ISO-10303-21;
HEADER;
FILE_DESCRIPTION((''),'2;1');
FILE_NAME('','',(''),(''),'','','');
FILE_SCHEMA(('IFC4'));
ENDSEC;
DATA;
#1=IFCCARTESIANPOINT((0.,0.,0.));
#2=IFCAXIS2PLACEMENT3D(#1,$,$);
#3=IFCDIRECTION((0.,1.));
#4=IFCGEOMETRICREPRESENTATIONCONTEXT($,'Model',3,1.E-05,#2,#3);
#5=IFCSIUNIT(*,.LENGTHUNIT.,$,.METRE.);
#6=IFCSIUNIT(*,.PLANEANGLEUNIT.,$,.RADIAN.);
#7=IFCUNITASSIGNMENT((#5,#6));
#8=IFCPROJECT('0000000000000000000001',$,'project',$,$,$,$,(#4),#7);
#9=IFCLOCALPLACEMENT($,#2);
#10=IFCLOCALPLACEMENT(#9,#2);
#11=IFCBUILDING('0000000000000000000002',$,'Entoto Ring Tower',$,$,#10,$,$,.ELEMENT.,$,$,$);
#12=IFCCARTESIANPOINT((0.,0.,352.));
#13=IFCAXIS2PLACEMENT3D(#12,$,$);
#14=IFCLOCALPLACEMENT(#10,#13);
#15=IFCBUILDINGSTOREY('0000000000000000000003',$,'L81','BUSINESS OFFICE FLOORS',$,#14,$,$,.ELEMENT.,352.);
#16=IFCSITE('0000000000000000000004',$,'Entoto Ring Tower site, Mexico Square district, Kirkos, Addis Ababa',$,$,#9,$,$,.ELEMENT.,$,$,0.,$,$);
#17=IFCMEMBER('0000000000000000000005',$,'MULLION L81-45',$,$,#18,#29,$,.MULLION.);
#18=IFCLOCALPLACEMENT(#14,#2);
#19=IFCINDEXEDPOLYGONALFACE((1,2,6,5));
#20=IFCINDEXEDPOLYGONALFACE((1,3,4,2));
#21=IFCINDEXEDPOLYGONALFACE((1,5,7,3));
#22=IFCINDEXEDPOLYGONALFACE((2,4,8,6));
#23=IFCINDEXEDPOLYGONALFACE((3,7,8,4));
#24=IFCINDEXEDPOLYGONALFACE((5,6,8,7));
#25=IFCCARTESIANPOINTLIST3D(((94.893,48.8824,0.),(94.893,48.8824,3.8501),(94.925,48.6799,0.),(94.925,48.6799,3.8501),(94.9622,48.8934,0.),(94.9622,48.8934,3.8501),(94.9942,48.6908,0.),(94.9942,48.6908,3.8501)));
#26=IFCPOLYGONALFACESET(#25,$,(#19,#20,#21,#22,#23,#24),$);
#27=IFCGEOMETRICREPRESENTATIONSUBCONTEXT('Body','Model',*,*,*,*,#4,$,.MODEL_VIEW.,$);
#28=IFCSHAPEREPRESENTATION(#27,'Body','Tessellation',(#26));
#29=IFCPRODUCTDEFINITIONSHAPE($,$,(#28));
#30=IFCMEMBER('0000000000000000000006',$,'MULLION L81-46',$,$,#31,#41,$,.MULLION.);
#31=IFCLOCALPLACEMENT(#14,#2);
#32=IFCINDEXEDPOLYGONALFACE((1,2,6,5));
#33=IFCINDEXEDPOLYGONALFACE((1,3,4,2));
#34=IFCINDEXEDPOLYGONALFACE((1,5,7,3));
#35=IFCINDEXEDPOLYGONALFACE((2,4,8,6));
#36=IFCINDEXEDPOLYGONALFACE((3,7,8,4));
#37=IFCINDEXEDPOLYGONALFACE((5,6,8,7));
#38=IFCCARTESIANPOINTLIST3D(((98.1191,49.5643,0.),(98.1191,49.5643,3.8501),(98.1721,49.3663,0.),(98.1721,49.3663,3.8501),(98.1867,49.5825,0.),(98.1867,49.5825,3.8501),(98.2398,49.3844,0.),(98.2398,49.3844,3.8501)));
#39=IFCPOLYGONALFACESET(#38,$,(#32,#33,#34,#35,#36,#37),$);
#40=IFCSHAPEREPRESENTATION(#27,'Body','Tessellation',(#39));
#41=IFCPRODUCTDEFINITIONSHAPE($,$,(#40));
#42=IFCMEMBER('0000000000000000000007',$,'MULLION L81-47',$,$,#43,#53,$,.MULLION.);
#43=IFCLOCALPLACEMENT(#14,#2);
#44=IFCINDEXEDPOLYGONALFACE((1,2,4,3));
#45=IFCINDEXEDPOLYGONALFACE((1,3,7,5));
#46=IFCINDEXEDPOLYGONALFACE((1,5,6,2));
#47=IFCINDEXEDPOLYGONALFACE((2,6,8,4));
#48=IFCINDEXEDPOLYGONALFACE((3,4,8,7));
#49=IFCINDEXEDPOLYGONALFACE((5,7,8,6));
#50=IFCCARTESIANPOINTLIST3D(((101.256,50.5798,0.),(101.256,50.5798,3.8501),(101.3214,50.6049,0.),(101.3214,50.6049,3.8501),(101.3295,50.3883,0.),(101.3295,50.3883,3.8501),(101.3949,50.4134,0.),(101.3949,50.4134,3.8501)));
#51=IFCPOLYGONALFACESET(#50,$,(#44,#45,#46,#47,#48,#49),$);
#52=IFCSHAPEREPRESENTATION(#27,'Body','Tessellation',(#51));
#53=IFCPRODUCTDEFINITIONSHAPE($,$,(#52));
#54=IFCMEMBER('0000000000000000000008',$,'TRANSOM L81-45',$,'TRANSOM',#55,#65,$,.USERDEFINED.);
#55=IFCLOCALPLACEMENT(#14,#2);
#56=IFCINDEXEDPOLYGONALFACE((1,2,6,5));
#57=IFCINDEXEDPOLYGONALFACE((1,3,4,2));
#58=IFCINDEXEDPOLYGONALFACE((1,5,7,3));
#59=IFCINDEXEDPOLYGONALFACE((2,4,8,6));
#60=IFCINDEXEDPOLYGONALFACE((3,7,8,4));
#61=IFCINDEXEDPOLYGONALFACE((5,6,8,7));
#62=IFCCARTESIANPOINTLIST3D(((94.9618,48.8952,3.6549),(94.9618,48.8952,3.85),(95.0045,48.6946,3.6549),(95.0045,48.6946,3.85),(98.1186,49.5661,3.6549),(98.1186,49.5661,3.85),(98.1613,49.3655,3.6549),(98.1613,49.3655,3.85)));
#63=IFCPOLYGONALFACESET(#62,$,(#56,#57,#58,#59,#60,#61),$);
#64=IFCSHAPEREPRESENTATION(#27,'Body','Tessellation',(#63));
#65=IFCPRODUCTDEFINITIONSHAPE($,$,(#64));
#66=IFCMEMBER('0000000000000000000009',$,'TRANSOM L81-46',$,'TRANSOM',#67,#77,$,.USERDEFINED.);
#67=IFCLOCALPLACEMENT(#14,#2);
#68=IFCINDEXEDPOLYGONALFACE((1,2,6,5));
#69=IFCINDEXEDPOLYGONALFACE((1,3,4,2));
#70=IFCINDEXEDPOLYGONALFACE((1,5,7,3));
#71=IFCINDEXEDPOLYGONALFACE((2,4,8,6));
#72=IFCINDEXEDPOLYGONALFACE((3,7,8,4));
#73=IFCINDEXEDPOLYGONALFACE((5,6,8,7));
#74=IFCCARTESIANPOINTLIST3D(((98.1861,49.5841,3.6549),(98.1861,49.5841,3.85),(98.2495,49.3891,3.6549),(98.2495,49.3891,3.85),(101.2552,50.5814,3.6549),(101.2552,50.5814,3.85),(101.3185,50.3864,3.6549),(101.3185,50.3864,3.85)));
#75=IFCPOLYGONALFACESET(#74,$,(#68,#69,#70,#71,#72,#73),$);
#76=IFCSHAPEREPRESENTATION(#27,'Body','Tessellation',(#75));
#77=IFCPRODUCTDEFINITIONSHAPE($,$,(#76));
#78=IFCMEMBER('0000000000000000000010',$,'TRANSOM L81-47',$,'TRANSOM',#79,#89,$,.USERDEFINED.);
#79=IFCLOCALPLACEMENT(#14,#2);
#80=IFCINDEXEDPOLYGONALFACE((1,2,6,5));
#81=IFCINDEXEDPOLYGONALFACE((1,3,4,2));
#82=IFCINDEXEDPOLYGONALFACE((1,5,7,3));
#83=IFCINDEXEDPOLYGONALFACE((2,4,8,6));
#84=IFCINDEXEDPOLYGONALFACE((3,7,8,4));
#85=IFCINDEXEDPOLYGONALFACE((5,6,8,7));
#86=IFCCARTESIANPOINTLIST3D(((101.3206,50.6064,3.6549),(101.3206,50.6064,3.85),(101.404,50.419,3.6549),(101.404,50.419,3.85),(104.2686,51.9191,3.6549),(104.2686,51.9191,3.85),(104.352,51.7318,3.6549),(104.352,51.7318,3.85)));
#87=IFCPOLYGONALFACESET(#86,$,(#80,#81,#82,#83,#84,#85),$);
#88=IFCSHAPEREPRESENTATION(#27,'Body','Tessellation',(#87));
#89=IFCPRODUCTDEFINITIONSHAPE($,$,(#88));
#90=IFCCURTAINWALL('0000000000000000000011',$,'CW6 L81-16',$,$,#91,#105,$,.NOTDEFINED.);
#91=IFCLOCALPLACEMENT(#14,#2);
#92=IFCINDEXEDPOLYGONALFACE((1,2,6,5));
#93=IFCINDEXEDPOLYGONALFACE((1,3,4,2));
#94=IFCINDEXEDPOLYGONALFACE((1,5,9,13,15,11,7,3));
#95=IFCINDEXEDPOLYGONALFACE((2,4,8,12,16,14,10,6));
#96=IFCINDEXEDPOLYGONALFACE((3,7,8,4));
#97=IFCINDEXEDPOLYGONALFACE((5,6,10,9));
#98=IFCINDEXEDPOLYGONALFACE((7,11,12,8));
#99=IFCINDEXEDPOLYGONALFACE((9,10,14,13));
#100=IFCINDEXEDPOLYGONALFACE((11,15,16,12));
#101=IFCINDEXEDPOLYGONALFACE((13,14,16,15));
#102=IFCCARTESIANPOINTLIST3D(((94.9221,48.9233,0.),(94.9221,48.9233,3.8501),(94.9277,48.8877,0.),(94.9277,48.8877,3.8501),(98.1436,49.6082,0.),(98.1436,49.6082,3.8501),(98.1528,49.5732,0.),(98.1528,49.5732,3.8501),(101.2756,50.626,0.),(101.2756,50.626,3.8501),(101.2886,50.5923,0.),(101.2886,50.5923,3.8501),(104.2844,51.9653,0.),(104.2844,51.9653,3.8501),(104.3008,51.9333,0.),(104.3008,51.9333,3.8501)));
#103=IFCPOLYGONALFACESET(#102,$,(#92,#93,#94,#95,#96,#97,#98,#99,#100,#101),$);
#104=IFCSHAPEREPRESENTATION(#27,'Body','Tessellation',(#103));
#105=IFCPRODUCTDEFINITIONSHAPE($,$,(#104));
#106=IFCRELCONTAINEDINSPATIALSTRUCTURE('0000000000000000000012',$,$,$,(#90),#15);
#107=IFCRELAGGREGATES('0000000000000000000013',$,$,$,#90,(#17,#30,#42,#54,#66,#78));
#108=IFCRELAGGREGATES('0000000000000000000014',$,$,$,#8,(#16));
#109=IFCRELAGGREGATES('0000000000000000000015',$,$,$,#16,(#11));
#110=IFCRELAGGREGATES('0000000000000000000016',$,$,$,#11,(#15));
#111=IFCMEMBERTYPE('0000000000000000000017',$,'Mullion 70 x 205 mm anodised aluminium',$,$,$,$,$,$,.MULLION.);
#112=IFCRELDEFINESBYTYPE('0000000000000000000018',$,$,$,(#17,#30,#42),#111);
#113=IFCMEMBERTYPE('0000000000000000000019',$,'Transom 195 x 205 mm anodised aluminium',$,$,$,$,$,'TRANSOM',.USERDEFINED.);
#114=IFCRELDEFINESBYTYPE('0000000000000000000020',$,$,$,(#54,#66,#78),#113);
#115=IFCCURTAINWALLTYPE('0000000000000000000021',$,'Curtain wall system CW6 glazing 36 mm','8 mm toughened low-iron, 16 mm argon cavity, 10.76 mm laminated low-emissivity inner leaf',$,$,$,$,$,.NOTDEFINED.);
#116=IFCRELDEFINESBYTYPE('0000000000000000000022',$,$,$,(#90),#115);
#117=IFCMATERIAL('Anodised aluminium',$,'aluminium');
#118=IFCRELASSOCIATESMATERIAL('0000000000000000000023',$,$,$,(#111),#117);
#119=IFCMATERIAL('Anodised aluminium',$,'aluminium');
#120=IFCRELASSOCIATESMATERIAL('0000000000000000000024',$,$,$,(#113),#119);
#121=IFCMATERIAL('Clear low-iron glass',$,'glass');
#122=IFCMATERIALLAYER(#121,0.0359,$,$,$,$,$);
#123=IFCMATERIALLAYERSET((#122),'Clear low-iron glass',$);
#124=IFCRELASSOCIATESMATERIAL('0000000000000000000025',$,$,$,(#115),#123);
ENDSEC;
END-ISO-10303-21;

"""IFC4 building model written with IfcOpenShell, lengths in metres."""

from ifc_helpers import new_model, si_unit, direction, frame, origin, origin_2d, place, context, subcontext, project, spatial, polyline, rectangle, outline, extrude, material, layer, layer_set, material_profile, profile_set, type_object, element, aggregate, save


model = new_model("IFC4")

# Units and contexts
model_context = context("Model", 3, precision=1e-05, world=origin(), true_north=direction((0.0, 1.0)))
body_context = subcontext(model_context, "Body", "Model", "MODEL_VIEW")
ifc_project = project(units=[si_unit("LENGTHUNIT", "METRE"), si_unit("PLANEANGLEUNIT", "RADIAN")], contexts=[model_context])

# Members
ifc_material_1 = material(Name="Anodised aluminium", Category="aluminium")
ifc_material_profile_1 = material_profile(ifc_material_1, rectangle(XDim=0.0701, YDim=0.2051, at=origin_2d()), Name="Mullion 70 x 205 mm anodised aluminium")
ifc_profile_set_1 = profile_set([ifc_material_profile_1], Name="Anodised aluminium")
member_type_1 = type_object("IfcMemberType", Name="Mullion 70 x 205 mm anodised aluminium", PredefinedType="MULLION", material=ifc_profile_set_1)
site_placement = place(None, origin())
building_placement = place(site_placement, origin())
storey_placement = place(building_placement, frame((0.0, 0.0, 352.0)))
member_1_placement = place(storey_placement, frame((94.9436, 48.7866, 0.0), z_axis=(0.0, 0.0, 1.0), x_axis=(0.987688, 0.156434, 0.0)))
member_1 = element("IfcMember", 1, at=member_1_placement, type_object=member_type_1, Name="MULLION L81-45", PredefinedType="MULLION", context=body_context, shape_type="SweptSolid", body=[
    extrude(rectangle(XDim=0.0701, YDim=0.2051, at=origin_2d()), origin(), (0.0, 0.0, 1.0), 3.8501),
])
member_2_placement = place(storey_placement, frame((98.1794, 49.4744, 0.0), z_axis=(0.0, 0.0, 1.0), x_axis=(0.965926, 0.258819, 0.0)))
member_2 = element("IfcMember", 2, at=member_2_placement, type_object=member_type_1, Name="MULLION L81-46", PredefinedType="MULLION", context=body_context, shape_type="SweptSolid", body=[
    extrude(rectangle(XDim=0.0701, YDim=0.2051, at=origin_2d()), origin(), (0.0, 0.0, 1.0), 3.8501),
])
member_3_placement = place(storey_placement, frame((101.3254, 50.4966, 0.0), z_axis=(0.0, 0.0, 1.0), x_axis=(0.93358, 0.358368, 0.0)))
member_3 = element("IfcMember", 3, at=member_3_placement, type_object=member_type_1, Name="MULLION L81-47", PredefinedType="MULLION", context=body_context, shape_type="SweptSolid", body=[
    extrude(rectangle(XDim=0.0701, YDim=0.2051, at=origin_2d()), origin(), (0.0, 0.0, 1.0), 3.8501),
])
ifc_material_2 = material(Name="Anodised aluminium", Category="aluminium")
ifc_material_profile_2 = material_profile(ifc_material_2, rectangle(XDim=0.2051, YDim=0.1951, at=origin_2d()), Name="Transom 195 x 205 mm anodised aluminium")
ifc_profile_set_2 = profile_set([ifc_material_profile_2], Name="Anodised aluminium")
member_type_2 = type_object("IfcMemberType", Name="Transom 195 x 205 mm anodised aluminium", ElementType="TRANSOM", PredefinedType="USERDEFINED", material=ifc_profile_set_2)
member_4_placement = place(storey_placement, frame((94.9832, 48.7949, 3.7524), z_axis=(0.978153, 0.207886, 0.0), x_axis=(-0.207886, 0.978153, 0.0)))
member_4 = element("IfcMember", 4, at=member_4_placement, type_object=member_type_2, Name="TRANSOM L81-45", ObjectType="TRANSOM", PredefinedType="USERDEFINED", context=body_context, shape_type="SweptSolid", body=[
    extrude(rectangle(XDim=0.2051, YDim=0.1951, at=origin_2d()), origin(), (0.0, 0.0, 1.0), 3.2273),
])
member_5_placement = place(storey_placement, frame((98.2178, 49.4866, 3.7524), z_axis=(0.951047, 0.309047, 0.0), x_axis=(-0.309047, 0.951047, 0.0)))
member_5 = element("IfcMember", 5, at=member_5_placement, type_object=member_type_2, Name="TRANSOM L81-46", ObjectType="TRANSOM", PredefinedType="USERDEFINED", context=body_context, shape_type="SweptSolid", body=[
    extrude(rectangle(XDim=0.2051, YDim=0.1951, at=origin_2d()), origin(), (0.0, 0.0, 1.0), 3.2271),
])
member_6_placement = place(storey_placement, frame((101.3623, 50.5127, 3.7524), z_axis=(0.913521, 0.406791, 0.0), x_axis=(-0.406791, 0.913521, 0.0)))
member_6 = element("IfcMember", 6, at=member_6_placement, type_object=member_type_2, Name="TRANSOM L81-47", ObjectType="TRANSOM", PredefinedType="USERDEFINED", context=body_context, shape_type="SweptSolid", body=[
    extrude(rectangle(XDim=0.2051, YDim=0.1951, at=origin_2d()), origin(), (0.0, 0.0, 1.0), 3.2271),
])

# Site, building, storey
site = spatial("IfcSite", under=ifc_project, at=site_placement, Name="Entoto Ring Tower site, Mexico Square district, Kirkos, Addis Ababa", CompositionType="ELEMENT", RefElevation=0.0)
building = spatial("IfcBuilding", under=site, at=building_placement, Name="Entoto Ring Tower", CompositionType="ELEMENT")
storey = spatial("IfcBuildingStorey", under=building, at=storey_placement, Name="L81", Description="BUSINESS OFFICE FLOORS", CompositionType="ELEMENT", Elevation=352.0)

# Curtain wall
ifc_material_3 = material(Name="Clear low-iron glass", Category="glass")
ifc_layer = layer(ifc_material_3, 0.0359)
ifc_layer_set = layer_set([ifc_layer], Name="Clear low-iron glass")
curtain_wall_type = type_object("IfcCurtainWallType", Name="Curtain wall system CW6 glazing 36 mm", Description="8 mm toughened low-iron, 16 mm argon cavity, 10.76 mm laminated low-emissivity inner leaf", PredefinedType="NOTDEFINED", material=ifc_layer_set)
curtain_wall_1_placement = place(storey_placement, origin())
curtain_wall_1 = element("IfcCurtainWall", 7, at=curtain_wall_1_placement, inside=storey, type_object=curtain_wall_type, Name="CW6 L81-16", PredefinedType="NOTDEFINED", context=body_context, shape_type="SweptSolid", body=[
    extrude(outline(polyline([(94.9277, 48.8877), (98.1528, 49.5732), (101.2886, 50.5923), (104.3008, 51.9333), (104.2844, 51.9653), (101.2756, 50.626), (98.1436, 49.6082), (94.9221, 48.9233), (94.9277, 48.8877)])), origin(), (0.0, 0.0, 1.0), 3.8501),
])
aggregate(curtain_wall_1, [member_1, member_2, member_3, member_4, member_5, member_6])

save(model, "model.ifc")
